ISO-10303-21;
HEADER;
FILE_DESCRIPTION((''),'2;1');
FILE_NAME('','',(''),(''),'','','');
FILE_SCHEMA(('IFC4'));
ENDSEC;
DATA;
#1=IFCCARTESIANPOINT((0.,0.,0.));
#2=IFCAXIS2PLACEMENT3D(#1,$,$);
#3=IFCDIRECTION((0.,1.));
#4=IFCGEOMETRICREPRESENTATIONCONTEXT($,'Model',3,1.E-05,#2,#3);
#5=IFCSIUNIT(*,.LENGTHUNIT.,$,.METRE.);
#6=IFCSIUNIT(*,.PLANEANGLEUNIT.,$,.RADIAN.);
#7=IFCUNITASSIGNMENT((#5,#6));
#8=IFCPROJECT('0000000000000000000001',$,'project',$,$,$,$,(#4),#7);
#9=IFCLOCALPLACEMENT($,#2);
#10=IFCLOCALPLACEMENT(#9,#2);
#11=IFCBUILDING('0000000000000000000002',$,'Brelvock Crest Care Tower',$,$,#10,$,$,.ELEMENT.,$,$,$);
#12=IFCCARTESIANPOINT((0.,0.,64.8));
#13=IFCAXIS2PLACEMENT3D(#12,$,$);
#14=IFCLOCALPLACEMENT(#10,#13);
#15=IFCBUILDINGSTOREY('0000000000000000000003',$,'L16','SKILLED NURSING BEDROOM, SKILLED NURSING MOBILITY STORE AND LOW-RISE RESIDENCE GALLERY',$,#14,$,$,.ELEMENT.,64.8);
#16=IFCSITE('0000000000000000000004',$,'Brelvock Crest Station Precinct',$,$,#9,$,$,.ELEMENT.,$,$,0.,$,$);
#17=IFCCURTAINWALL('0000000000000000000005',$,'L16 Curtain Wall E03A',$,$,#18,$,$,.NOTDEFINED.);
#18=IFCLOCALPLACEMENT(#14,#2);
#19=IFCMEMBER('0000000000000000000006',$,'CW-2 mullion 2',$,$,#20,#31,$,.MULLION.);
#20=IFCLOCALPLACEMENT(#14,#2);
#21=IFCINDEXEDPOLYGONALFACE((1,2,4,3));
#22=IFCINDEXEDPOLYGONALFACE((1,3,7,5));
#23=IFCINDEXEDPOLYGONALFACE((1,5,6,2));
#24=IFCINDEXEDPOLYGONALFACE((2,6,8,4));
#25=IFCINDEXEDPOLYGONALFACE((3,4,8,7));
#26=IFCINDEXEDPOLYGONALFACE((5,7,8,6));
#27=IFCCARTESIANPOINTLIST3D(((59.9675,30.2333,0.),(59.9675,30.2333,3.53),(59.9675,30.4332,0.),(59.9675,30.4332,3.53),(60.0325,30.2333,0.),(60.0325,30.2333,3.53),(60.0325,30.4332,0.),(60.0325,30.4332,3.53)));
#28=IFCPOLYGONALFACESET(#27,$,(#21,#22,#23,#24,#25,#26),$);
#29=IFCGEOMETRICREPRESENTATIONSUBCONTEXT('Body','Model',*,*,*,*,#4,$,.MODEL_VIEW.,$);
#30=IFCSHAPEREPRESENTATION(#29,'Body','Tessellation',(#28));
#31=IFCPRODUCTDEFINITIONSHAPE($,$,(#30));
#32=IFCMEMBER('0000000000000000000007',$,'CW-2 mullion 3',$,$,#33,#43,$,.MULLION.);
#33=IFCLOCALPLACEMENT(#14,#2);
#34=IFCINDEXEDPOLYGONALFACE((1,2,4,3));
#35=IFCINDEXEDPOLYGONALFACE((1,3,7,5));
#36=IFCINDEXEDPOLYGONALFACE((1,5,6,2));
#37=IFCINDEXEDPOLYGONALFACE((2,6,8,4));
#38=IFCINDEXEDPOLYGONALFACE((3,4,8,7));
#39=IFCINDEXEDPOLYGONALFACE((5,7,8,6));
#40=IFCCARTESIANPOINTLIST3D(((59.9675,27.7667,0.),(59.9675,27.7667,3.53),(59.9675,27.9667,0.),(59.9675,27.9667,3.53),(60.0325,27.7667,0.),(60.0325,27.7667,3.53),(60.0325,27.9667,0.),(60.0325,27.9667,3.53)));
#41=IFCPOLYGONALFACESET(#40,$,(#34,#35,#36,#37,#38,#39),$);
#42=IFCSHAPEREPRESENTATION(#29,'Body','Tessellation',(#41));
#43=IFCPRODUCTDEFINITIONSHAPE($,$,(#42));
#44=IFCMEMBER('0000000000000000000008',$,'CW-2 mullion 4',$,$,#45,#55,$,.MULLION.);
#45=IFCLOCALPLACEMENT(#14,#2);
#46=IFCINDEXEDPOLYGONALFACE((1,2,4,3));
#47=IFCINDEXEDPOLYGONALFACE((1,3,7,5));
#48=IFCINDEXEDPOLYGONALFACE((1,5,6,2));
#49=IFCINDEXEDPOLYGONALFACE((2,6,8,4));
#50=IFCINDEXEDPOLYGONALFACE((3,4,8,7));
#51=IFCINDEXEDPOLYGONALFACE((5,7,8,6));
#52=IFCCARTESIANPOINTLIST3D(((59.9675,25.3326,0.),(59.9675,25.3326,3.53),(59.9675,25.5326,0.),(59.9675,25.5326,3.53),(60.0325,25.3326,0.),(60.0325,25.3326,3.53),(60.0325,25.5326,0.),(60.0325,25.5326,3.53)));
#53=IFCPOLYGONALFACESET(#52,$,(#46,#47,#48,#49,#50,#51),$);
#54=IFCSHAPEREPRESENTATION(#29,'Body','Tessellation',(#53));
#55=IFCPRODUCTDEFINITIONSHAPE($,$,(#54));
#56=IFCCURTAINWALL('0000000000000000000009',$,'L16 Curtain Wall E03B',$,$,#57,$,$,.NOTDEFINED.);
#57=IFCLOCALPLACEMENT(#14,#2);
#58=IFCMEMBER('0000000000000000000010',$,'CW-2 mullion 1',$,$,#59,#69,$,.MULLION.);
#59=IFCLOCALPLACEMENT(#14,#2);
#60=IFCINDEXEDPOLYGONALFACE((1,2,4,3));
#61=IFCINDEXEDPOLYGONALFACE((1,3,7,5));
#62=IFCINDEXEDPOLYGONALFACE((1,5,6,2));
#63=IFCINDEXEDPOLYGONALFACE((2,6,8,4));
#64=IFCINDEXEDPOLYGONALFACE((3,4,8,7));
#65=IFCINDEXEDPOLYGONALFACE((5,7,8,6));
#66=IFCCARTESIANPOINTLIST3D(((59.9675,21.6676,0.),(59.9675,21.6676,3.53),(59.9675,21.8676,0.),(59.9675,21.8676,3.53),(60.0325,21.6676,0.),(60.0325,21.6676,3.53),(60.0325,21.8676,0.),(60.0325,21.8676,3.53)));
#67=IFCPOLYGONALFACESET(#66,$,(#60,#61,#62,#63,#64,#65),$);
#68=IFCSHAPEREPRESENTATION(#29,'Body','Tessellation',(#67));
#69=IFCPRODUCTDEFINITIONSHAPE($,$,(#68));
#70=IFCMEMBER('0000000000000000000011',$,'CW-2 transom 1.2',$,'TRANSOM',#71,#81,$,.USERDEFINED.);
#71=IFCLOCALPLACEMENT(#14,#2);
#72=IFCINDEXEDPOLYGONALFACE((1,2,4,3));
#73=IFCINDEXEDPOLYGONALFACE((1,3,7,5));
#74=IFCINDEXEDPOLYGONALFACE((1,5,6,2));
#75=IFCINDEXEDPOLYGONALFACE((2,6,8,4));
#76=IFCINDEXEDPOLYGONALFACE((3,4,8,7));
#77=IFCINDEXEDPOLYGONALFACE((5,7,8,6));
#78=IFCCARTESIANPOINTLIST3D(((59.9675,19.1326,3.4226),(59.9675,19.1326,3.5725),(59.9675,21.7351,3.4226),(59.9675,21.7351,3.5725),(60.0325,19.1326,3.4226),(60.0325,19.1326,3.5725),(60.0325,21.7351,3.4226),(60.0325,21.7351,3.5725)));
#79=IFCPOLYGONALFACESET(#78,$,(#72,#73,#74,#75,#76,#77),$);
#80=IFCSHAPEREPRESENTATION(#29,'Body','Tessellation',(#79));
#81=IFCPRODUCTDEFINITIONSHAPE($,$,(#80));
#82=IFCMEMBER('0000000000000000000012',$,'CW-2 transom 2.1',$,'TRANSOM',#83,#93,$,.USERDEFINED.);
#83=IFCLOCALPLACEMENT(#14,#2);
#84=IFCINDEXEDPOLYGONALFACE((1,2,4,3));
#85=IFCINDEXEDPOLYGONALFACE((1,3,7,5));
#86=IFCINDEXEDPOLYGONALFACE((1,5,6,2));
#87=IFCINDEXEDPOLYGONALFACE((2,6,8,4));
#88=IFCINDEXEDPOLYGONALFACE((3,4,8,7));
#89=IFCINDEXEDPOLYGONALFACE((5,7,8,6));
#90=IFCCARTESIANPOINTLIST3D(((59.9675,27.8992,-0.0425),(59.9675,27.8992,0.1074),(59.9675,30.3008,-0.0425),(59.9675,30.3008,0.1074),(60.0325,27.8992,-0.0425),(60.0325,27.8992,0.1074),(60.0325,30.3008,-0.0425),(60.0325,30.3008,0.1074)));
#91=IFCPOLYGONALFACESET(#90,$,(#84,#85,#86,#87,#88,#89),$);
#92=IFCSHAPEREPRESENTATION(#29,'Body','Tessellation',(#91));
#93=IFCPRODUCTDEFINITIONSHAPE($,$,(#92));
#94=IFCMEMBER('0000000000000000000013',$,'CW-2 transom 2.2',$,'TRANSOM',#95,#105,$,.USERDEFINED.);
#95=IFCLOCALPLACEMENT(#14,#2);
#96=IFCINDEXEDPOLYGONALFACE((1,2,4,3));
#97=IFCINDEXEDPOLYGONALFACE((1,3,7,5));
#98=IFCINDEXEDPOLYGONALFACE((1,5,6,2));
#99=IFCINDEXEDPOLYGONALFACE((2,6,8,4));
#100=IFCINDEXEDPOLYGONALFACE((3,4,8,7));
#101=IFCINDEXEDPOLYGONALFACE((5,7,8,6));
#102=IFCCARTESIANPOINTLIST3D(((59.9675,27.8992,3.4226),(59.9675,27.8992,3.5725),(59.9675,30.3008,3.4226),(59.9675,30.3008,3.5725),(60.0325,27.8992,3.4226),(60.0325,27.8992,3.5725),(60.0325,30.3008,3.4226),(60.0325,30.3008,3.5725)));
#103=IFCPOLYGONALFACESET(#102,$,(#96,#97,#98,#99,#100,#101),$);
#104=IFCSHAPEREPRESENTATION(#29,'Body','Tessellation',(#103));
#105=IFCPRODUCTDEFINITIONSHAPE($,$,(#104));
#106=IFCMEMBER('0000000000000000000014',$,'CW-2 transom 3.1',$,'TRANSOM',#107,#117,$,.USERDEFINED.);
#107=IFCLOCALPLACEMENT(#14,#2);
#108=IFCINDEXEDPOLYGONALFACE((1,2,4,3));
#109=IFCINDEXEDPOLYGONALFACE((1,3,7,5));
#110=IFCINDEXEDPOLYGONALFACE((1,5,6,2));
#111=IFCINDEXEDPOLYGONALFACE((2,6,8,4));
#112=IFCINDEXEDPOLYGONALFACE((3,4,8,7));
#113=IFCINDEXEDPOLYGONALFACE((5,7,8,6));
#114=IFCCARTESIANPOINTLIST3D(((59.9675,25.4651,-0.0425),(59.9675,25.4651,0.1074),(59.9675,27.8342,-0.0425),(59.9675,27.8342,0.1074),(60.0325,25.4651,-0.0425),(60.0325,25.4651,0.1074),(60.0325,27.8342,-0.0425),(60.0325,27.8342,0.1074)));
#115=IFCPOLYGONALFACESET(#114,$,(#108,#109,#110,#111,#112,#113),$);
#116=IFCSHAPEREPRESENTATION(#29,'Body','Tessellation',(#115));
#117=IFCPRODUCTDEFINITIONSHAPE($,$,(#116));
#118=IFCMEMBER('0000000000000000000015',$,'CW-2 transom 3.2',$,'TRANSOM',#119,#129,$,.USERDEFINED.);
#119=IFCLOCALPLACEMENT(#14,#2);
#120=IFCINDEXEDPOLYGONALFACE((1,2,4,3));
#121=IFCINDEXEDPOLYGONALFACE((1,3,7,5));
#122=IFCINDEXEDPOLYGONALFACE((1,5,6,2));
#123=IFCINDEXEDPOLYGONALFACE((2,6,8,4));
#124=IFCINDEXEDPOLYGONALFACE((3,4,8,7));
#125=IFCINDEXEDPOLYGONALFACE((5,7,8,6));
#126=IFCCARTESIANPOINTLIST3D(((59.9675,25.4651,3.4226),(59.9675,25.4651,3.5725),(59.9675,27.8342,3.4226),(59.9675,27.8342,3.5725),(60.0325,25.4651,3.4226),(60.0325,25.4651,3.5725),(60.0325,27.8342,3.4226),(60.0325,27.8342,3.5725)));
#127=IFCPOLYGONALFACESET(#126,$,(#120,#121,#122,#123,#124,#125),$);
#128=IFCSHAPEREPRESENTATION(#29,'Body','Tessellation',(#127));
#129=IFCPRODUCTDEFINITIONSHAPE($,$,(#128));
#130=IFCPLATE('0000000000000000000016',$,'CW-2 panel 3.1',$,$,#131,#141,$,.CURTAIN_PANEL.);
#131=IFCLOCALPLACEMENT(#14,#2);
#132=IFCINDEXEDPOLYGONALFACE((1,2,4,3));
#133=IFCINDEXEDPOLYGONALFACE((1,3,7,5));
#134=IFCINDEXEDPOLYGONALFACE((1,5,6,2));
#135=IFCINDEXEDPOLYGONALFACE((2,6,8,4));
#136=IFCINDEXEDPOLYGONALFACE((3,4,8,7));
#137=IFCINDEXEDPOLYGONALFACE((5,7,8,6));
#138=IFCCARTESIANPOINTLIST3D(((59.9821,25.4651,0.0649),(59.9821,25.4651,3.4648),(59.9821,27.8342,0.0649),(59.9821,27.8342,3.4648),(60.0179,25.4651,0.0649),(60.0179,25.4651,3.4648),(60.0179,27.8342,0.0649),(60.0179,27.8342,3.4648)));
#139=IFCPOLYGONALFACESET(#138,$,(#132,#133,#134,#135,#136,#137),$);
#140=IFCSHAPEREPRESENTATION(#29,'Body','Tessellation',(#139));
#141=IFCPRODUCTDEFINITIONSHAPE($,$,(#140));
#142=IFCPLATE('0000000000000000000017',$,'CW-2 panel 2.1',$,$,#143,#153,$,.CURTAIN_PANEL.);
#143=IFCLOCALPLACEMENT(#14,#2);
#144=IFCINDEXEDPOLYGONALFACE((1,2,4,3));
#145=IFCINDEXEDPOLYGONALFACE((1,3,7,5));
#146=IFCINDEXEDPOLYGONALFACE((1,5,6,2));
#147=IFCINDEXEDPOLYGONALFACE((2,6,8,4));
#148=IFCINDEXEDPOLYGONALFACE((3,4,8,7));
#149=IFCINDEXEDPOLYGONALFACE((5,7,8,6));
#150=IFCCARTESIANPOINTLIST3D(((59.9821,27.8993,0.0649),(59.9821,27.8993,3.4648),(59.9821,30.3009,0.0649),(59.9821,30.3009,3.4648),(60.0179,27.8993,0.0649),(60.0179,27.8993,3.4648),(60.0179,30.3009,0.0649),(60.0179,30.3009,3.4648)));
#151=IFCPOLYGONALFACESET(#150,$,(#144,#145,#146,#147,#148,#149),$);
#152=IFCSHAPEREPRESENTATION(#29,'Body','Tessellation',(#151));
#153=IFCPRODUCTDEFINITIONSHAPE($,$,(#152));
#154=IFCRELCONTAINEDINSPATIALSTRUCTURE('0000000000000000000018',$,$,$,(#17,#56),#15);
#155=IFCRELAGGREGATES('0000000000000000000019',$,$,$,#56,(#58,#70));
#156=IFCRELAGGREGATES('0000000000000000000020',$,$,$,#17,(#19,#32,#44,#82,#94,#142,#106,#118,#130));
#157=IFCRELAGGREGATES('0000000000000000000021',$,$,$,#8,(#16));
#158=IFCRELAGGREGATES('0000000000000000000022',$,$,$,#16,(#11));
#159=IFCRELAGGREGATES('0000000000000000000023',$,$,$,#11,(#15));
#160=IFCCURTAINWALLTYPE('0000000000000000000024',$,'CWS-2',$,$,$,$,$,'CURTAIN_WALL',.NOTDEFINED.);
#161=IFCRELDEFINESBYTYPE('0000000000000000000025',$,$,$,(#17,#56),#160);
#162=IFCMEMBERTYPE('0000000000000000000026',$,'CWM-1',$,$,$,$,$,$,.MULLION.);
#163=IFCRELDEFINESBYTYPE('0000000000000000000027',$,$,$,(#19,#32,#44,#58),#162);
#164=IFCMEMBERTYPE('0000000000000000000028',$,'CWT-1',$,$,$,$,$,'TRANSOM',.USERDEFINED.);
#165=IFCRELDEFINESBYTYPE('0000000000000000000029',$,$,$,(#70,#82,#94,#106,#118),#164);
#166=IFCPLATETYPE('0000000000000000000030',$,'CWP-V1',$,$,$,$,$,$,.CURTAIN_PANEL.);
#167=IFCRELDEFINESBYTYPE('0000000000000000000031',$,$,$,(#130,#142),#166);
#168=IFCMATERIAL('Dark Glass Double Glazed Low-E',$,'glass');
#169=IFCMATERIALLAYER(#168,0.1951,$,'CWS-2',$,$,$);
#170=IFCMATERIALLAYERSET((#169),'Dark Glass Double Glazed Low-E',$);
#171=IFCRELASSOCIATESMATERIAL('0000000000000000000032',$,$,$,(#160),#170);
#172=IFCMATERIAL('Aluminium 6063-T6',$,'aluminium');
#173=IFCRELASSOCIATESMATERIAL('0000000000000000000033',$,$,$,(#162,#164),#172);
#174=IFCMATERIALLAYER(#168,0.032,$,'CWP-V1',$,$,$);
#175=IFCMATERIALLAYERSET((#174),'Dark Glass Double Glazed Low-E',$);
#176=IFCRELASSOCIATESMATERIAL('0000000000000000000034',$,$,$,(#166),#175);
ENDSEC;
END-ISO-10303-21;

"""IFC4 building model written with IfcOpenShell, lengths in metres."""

from ifc_helpers import new_model, si_unit, direction, frame, origin, origin_2d, place, context, subcontext, project, spatial, rectangle, extrude, source, transform, mapped, material, layer, layer_set, material_profile, profile_set, type_object, element, aggregate, save


model = new_model("IFC4")

# Units and contexts
model_context = context("Model", 3, precision=1e-05, world=origin(), true_north=direction((0.0, 1.0)))
body_context = subcontext(model_context, "Body", "Model", "MODEL_VIEW")
ifc_project = project(units=[si_unit("LENGTHUNIT", "METRE"), si_unit("PLANEANGLEUNIT", "RADIAN")], contexts=[model_context])

# Site, building, storey
site_placement = place(None, origin())
site = spatial("IfcSite", under=ifc_project, at=site_placement, Name="Brelvock Crest Station Precinct", CompositionType="ELEMENT", RefElevation=0.0)
building_placement = place(site_placement, origin())
building = spatial("IfcBuilding", under=site, at=building_placement, Name="Brelvock Crest Care Tower", CompositionType="ELEMENT")
storey_placement = place(building_placement, frame((0.0, 0.0, 64.8)))
storey = spatial("IfcBuildingStorey", under=building, at=storey_placement, Name="L16", Description="SKILLED NURSING BEDROOM, SKILLED NURSING MOBILITY STORE AND LOW-RISE RESIDENCE GALLERY", CompositionType="ELEMENT", Elevation=64.8)

# Curtain walls, members
ifc_material_1 = material(Name="Dark Glass Double Glazed Low-E", Category="glass")
ifc_layer_1 = layer(ifc_material_1, 0.1951, Name="CWS-2")
ifc_layer_set_1 = layer_set([ifc_layer_1], Name="Dark Glass Double Glazed Low-E")
curtain_wall_type = type_object("IfcCurtainWallType", Name="CWS-2", ElementType="CURTAIN_WALL", PredefinedType="NOTDEFINED", material=ifc_layer_set_1)
curtain_wall_1_placement = place(storey_placement, origin())
curtain_wall_1 = element("IfcCurtainWall", 1, at=curtain_wall_1_placement, inside=storey, type_object=curtain_wall_type, Name="L16 Curtain Wall E03A", PredefinedType="NOTDEFINED")
ifc_material_2 = material(Name="Aluminium 6063-T6", Category="aluminium")
ifc_material_profile_1 = material_profile(ifc_material_2, rectangle(XDim=0.0649, YDim=0.2, at=origin_2d()), Name="ALU65x200")
ifc_profile_set_1 = profile_set([ifc_material_profile_1], Name="Aluminium 6063-T6")
member_type_1 = type_object("IfcMemberType", Name="CWM-1", PredefinedType="MULLION", material=ifc_profile_set_1)
shared_shape_1 = source(origin(), body_context, "Body", "SweptSolid", [
    extrude(rectangle(XDim=0.0649, YDim=0.2, at=origin_2d()), origin(), (0.0, 0.0, 1.0), 3.53),
])
member_1_placement = place(storey_placement, frame((60.0, 30.3333, 0.0), z_axis=(0.0, 0.0, 1.0), x_axis=(1.0, 0.0, 0.0)))
member_1 = element("IfcMember", 2, at=member_1_placement, type_object=member_type_1, Name="CW-2 mullion 2", PredefinedType="MULLION", context=body_context, shape_type="MappedRepresentation", body=[
    mapped(shared_shape_1, transform((0.0, 0.0, 0.0), x_axis=(1.0, 0.0, 0.0), y_axis=(0.0, 1.0, 0.0), z_axis=(0.0, 0.0, 1.0), scale=1.0)),
])
member_2_placement = place(storey_placement, frame((60.0, 27.8667, 0.0), z_axis=(0.0, 0.0, 1.0), x_axis=(1.0, 0.0, 0.0)))
member_2 = element("IfcMember", 3, at=member_2_placement, type_object=member_type_1, Name="CW-2 mullion 3", PredefinedType="MULLION", context=body_context, shape_type="MappedRepresentation", body=[
    mapped(shared_shape_1, transform((0.0, 0.0, 0.0), x_axis=(1.0, 0.0, 0.0), y_axis=(0.0, 1.0, 0.0), z_axis=(0.0, 0.0, 1.0), scale=1.0)),
])
member_3_placement = place(storey_placement, frame((60.0, 25.4326, 0.0), z_axis=(0.0, 0.0, 1.0), x_axis=(1.0, 0.0, 0.0)))
member_3 = element("IfcMember", 4, at=member_3_placement, type_object=member_type_1, Name="CW-2 mullion 4", PredefinedType="MULLION", context=body_context, shape_type="MappedRepresentation", body=[
    mapped(shared_shape_1, transform((0.0, 0.0, 0.0), x_axis=(1.0, 0.0, 0.0), y_axis=(0.0, 1.0, 0.0), z_axis=(0.0, 0.0, 1.0), scale=1.0)),
])
curtain_wall_2_placement = place(storey_placement, origin())
curtain_wall_2 = element("IfcCurtainWall", 5, at=curtain_wall_2_placement, inside=storey, type_object=curtain_wall_type, Name="L16 Curtain Wall E03B", PredefinedType="NOTDEFINED")
member_4_placement = place(storey_placement, frame((60.0, 21.7676, 0.0), z_axis=(0.0, 0.0, 1.0), x_axis=(1.0, 0.0, 0.0)))
member_4 = element("IfcMember", 6, at=member_4_placement, type_object=member_type_1, Name="CW-2 mullion 1", PredefinedType="MULLION", context=body_context, shape_type="MappedRepresentation", body=[
    mapped(shared_shape_1, transform((0.0, 0.0, 0.0), x_axis=(1.0, 0.0, 0.0), y_axis=(0.0, 1.0, 0.0), z_axis=(0.0, 0.0, 1.0), scale=1.0)),
])
ifc_material_profile_2 = material_profile(ifc_material_2, rectangle(XDim=0.0649, YDim=0.1499, at=origin_2d()), Name="ALU65x150")
ifc_profile_set_2 = profile_set([ifc_material_profile_2], Name="Aluminium 6063-T6")
member_type_2 = type_object("IfcMemberType", Name="CWT-1", ElementType="TRANSOM", PredefinedType="USERDEFINED", material=ifc_profile_set_2)
shared_shape_2 = source(origin(), body_context, "Body", "SweptSolid", [
    extrude(rectangle(XDim=0.0649, YDim=0.1499, at=origin_2d()), origin(), (0.0, 0.0, 1.0), 2.6025),
])
member_5_placement = place(storey_placement, frame((60.0, 21.7351, 3.4976), z_axis=(0.0, -1.0, 0.0), x_axis=(1.0, 0.0, 0.0)))
member_5 = element("IfcMember", 7, at=member_5_placement, type_object=member_type_2, Name="CW-2 transom 1.2", ObjectType="TRANSOM", PredefinedType="USERDEFINED", context=body_context, shape_type="MappedRepresentation", body=[
    mapped(shared_shape_2, transform((0.0, 0.0, 0.0), x_axis=(1.0, 0.0, 0.0), y_axis=(0.0, 1.0, 0.0), z_axis=(0.0, 0.0, 1.0), scale=1.0)),
])
aggregate(curtain_wall_2, [member_4, member_5])

# Members
shared_shape_3 = source(origin(), body_context, "Body", "SweptSolid", [
    extrude(rectangle(XDim=0.0649, YDim=0.1499, at=origin_2d()), origin(), (0.0, 0.0, 1.0), 2.4016),
])
member_6_placement = place(storey_placement, frame((60.0, 30.3008, 0.0325), z_axis=(0.0, -1.0, 0.0), x_axis=(1.0, 0.0, 0.0)))
member_6 = element("IfcMember", 8, at=member_6_placement, type_object=member_type_2, Name="CW-2 transom 2.1", ObjectType="TRANSOM", PredefinedType="USERDEFINED", context=body_context, shape_type="MappedRepresentation", body=[
    mapped(shared_shape_3, transform((0.0, 0.0, 0.0), x_axis=(1.0, 0.0, 0.0), y_axis=(0.0, 1.0, 0.0), z_axis=(0.0, 0.0, 1.0), scale=1.0)),
])
member_7_placement = place(storey_placement, frame((60.0, 30.3008, 3.4976), z_axis=(0.0, -1.0, 0.0), x_axis=(1.0, 0.0, 0.0)))
member_7 = element("IfcMember", 9, at=member_7_placement, type_object=member_type_2, Name="CW-2 transom 2.2", ObjectType="TRANSOM", PredefinedType="USERDEFINED", context=body_context, shape_type="MappedRepresentation", body=[
    mapped(shared_shape_3, transform((0.0, 0.0, 0.0), x_axis=(1.0, 0.0, 0.0), y_axis=(0.0, 1.0, 0.0), z_axis=(0.0, 0.0, 1.0), scale=1.0)),
])
shared_shape_4 = source(origin(), body_context, "Body", "SweptSolid", [
    extrude(rectangle(XDim=0.0649, YDim=0.1499, at=origin_2d()), origin(), (0.0, 0.0, 1.0), 2.3691),
])
member_8_placement = place(storey_placement, frame((60.0, 27.8342, 0.0325), z_axis=(0.0, -1.0, 0.0), x_axis=(1.0, 0.0, 0.0)))
member_8 = element("IfcMember", 10, at=member_8_placement, type_object=member_type_2, Name="CW-2 transom 3.1", ObjectType="TRANSOM", PredefinedType="USERDEFINED", context=body_context, shape_type="MappedRepresentation", body=[
    mapped(shared_shape_4, transform((0.0, 0.0, 0.0), x_axis=(1.0, 0.0, 0.0), y_axis=(0.0, 1.0, 0.0), z_axis=(0.0, 0.0, 1.0), scale=1.0)),
])
member_9_placement = place(storey_placement, frame((60.0, 27.8342, 3.4976), z_axis=(0.0, -1.0, 0.0), x_axis=(1.0, 0.0, 0.0)))
member_9 = element("IfcMember", 11, at=member_9_placement, type_object=member_type_2, Name="CW-2 transom 3.2", ObjectType="TRANSOM", PredefinedType="USERDEFINED", context=body_context, shape_type="MappedRepresentation", body=[
    mapped(shared_shape_4, transform((0.0, 0.0, 0.0), x_axis=(1.0, 0.0, 0.0), y_axis=(0.0, 1.0, 0.0), z_axis=(0.0, 0.0, 1.0), scale=1.0)),
])

# Plates
ifc_layer_2 = layer(ifc_material_1, 0.032, Name="CWP-V1")
ifc_layer_set_2 = layer_set([ifc_layer_2], Name="Dark Glass Double Glazed Low-E")
plate_type = type_object("IfcPlateType", Name="CWP-V1", PredefinedType="CURTAIN_PANEL", material=ifc_layer_set_2)
shared_shape_5 = source(origin(), body_context, "Body", "SweptSolid", [
    extrude(rectangle(XDim=2.3691, YDim=0.0359, at=origin_2d()), origin(), (0.0, 0.0, 1.0), 3.3999),
])
plate_1_placement = place(storey_placement, frame((60.0, 26.6497, 0.0649), z_axis=(0.0, 0.0, 1.0), x_axis=(0.0, -1.0, 0.0)))
plate_1 = element("IfcPlate", 12, at=plate_1_placement, type_object=plate_type, Name="CW-2 panel 3.1", PredefinedType="CURTAIN_PANEL", context=body_context, shape_type="MappedRepresentation", body=[
    mapped(shared_shape_5, transform((0.0, 0.0, 0.0), x_axis=(1.0, 0.0, 0.0), y_axis=(0.0, 1.0, 0.0), z_axis=(0.0, 0.0, 1.0), scale=1.0)),
])
shared_shape_6 = source(origin(), body_context, "Body", "SweptSolid", [
    extrude(rectangle(XDim=2.4016, YDim=0.0359, at=origin_2d()), origin(), (0.0, 0.0, 1.0), 3.3999),
])
plate_2_placement = place(storey_placement, frame((60.0, 29.1001, 0.0649), z_axis=(0.0, 0.0, 1.0), x_axis=(0.0, -1.0, 0.0)))
plate_2 = element("IfcPlate", 13, at=plate_2_placement, type_object=plate_type, Name="CW-2 panel 2.1", PredefinedType="CURTAIN_PANEL", context=body_context, shape_type="MappedRepresentation", body=[
    mapped(shared_shape_6, transform((0.0, 0.0, 0.0), x_axis=(1.0, 0.0, 0.0), y_axis=(0.0, 1.0, 0.0), z_axis=(0.0, 0.0, 1.0), scale=1.0)),
])
aggregate(curtain_wall_1, [member_1, member_2, member_3, member_6, member_7, plate_2, member_8, member_9, plate_1])

save(model, "model.ifc")
